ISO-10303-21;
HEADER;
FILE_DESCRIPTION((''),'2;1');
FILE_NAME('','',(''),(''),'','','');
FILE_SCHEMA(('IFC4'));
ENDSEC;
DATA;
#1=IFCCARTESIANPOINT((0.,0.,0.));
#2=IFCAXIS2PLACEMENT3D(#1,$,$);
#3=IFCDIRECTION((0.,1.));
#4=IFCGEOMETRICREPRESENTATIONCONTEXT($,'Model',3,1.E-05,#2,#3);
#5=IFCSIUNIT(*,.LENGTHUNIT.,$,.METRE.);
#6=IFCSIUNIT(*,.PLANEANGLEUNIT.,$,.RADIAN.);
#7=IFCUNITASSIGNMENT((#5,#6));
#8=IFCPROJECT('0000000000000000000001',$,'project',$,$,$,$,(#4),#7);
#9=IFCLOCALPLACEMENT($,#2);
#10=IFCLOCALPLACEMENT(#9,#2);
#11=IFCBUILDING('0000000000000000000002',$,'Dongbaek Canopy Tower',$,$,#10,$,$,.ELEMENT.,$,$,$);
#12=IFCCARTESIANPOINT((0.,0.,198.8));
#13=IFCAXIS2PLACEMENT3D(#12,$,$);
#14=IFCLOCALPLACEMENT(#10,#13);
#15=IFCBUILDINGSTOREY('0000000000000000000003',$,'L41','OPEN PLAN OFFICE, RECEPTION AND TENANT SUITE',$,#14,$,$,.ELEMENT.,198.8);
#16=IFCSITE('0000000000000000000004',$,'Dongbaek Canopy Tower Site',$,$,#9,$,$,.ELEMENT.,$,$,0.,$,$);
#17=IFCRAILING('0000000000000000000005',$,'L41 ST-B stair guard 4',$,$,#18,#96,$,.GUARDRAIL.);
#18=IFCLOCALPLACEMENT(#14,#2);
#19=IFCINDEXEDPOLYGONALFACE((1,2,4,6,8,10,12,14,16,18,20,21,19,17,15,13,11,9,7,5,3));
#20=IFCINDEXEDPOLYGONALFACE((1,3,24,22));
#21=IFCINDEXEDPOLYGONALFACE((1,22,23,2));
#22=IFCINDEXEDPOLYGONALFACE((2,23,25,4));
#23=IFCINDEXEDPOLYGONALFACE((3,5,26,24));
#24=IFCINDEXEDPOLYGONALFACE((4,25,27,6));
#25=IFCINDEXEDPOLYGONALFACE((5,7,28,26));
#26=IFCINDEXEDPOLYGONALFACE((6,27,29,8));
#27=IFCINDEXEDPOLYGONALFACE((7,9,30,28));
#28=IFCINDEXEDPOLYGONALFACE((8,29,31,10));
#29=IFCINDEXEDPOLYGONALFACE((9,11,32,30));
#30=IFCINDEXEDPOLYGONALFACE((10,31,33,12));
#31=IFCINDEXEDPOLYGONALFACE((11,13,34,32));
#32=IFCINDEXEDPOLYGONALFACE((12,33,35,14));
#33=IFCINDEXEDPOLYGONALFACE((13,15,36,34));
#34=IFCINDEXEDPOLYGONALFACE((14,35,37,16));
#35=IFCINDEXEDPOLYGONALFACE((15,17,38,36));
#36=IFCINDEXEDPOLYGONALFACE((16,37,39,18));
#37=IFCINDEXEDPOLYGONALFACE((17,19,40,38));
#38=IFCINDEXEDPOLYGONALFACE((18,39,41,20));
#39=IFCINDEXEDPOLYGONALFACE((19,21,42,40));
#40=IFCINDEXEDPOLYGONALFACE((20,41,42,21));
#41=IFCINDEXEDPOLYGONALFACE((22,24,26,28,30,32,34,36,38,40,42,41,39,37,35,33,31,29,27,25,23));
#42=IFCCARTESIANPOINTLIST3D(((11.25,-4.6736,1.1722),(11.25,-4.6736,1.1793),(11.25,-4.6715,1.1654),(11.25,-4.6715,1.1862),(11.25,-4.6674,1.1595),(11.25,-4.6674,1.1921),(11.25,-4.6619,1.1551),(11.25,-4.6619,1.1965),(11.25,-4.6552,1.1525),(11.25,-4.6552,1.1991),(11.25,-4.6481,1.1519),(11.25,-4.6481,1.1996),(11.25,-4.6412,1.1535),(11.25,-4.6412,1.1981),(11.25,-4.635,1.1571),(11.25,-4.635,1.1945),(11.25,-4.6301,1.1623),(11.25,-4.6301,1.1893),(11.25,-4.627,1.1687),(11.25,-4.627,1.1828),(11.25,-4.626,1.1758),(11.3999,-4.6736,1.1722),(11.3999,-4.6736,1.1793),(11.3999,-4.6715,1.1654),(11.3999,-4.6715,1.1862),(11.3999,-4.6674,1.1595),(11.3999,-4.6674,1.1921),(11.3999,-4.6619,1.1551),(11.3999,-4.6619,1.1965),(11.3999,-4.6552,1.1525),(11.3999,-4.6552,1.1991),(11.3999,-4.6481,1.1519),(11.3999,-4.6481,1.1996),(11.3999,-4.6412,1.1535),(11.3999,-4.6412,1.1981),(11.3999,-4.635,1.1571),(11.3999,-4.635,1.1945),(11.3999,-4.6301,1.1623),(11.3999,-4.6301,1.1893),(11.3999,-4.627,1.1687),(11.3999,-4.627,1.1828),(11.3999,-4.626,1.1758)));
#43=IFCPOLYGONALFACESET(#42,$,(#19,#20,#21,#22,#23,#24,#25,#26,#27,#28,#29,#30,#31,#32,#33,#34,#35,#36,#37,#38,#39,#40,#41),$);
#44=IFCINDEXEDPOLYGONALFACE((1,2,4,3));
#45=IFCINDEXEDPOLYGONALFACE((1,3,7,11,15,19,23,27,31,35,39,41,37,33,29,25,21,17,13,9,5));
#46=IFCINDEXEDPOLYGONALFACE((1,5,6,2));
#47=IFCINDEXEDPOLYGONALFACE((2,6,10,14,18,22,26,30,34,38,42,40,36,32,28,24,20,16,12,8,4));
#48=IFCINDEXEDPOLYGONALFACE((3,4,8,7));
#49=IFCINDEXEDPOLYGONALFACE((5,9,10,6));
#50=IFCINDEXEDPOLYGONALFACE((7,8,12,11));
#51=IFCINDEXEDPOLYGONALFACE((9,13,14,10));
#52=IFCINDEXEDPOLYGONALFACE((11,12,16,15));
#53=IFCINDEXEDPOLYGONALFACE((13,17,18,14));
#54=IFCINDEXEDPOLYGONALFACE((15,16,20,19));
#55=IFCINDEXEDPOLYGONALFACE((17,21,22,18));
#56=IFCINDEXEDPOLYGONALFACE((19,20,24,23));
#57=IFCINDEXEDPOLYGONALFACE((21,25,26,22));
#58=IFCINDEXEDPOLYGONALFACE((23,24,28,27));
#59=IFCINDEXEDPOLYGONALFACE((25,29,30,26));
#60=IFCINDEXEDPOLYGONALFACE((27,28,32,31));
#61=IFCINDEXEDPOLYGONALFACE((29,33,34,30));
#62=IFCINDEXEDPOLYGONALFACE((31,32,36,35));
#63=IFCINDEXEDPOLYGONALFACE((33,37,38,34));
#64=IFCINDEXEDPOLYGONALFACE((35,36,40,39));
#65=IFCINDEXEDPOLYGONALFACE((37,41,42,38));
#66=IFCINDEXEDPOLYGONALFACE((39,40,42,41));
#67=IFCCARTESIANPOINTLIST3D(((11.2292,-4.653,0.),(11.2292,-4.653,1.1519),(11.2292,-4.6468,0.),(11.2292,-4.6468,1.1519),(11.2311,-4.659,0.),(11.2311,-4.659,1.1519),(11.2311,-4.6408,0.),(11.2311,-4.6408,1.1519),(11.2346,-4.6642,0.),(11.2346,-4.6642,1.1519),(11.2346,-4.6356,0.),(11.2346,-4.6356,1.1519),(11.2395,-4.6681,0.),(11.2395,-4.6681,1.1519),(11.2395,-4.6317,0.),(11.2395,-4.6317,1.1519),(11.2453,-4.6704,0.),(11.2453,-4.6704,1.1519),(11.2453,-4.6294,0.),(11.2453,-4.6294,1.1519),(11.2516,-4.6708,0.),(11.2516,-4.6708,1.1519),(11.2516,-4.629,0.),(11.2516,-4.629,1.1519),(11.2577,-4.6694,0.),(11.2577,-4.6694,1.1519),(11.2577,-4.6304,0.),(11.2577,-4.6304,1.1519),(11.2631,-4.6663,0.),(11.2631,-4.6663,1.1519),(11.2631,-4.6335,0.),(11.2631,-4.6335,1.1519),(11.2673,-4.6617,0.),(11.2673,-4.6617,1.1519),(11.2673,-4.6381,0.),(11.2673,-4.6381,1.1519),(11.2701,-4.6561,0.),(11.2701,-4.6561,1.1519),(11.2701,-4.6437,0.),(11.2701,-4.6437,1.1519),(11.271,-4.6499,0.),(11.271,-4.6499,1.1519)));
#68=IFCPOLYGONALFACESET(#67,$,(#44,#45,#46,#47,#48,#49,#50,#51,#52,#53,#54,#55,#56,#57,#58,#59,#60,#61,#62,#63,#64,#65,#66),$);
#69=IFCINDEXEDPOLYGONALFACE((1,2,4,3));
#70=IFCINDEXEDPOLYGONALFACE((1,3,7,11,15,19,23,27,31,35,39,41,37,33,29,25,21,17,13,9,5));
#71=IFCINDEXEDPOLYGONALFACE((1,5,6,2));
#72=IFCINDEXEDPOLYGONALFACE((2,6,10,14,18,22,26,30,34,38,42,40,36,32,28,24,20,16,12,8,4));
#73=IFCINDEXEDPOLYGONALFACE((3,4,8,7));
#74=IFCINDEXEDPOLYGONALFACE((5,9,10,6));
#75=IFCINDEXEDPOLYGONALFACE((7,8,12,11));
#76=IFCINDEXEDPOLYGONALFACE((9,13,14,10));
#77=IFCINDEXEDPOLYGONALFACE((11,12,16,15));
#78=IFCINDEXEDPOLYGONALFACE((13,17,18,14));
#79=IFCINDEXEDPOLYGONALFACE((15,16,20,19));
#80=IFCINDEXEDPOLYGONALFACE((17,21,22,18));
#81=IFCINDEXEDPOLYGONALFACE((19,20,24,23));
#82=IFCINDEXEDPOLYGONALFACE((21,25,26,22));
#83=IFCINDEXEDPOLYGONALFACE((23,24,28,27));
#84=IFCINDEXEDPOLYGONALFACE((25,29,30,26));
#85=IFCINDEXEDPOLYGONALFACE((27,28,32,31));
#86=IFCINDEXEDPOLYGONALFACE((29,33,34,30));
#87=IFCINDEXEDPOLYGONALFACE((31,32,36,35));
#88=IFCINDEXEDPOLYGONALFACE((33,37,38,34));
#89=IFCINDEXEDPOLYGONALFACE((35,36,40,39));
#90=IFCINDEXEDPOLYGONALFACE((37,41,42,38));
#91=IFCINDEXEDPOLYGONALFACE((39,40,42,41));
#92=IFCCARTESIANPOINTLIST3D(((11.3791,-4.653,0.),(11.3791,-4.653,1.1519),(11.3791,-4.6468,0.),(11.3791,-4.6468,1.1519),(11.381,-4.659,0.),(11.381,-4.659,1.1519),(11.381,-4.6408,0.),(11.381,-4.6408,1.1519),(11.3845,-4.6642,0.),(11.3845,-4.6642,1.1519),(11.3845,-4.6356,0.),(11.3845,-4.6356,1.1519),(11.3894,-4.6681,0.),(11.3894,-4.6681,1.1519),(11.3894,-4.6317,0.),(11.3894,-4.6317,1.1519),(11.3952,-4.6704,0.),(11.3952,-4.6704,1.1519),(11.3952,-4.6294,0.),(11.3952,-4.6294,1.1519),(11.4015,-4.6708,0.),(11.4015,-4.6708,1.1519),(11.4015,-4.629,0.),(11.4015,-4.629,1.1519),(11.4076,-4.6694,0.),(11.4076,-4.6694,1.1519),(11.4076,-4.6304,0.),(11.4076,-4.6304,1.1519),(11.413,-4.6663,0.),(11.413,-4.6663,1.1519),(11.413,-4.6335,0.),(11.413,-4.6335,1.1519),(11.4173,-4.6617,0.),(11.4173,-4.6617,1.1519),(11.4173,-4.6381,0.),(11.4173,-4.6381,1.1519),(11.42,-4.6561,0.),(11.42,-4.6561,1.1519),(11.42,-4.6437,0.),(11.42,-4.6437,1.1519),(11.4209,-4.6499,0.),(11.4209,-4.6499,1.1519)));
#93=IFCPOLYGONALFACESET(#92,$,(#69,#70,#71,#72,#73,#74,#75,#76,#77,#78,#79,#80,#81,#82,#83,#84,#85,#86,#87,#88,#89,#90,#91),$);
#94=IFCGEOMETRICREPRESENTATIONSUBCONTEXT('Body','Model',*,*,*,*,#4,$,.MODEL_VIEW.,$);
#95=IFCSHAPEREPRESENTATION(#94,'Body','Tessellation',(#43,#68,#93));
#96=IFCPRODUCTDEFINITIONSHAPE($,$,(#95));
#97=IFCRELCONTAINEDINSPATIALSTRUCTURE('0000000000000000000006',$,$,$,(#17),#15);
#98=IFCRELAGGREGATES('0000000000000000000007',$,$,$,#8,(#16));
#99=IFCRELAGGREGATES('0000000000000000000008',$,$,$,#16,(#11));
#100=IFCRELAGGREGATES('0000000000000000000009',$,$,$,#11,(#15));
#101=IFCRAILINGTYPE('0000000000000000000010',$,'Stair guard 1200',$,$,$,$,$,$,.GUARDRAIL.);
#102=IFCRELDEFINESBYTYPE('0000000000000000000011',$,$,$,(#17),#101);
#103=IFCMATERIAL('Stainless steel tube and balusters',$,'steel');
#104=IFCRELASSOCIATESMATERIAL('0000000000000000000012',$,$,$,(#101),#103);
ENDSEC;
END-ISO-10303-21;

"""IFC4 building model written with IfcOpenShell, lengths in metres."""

from ifc_helpers import new_model, si_unit, direction, frame, origin, origin_2d, place, context, subcontext, project, spatial, circle, extrude, material, type_object, element, save


model = new_model("IFC4")

# Units and contexts
model_context = context("Model", 3, precision=1e-05, world=origin(), true_north=direction((0.0, 1.0)))
body_context = subcontext(model_context, "Body", "Model", "MODEL_VIEW")
ifc_project = project(units=[si_unit("LENGTHUNIT", "METRE"), si_unit("PLANEANGLEUNIT", "RADIAN")], contexts=[model_context])

# Site, building, storey
site_placement = place(None, origin())
site = spatial("IfcSite", under=ifc_project, at=site_placement, Name="Dongbaek Canopy Tower Site", CompositionType="ELEMENT", RefElevation=0.0)
building_placement = place(site_placement, origin())
building = spatial("IfcBuilding", under=site, at=building_placement, Name="Dongbaek Canopy Tower", CompositionType="ELEMENT")
storey_placement = place(building_placement, frame((0.0, 0.0, 198.8)))
storey = spatial("IfcBuildingStorey", under=building, at=storey_placement, Name="L41", Description="OPEN PLAN OFFICE, RECEPTION AND TENANT SUITE", CompositionType="ELEMENT", Elevation=198.8)

# Railing
ifc_material_1 = material(Name="Stainless steel tube and balusters", Category="steel")
railing_type_1 = type_object("IfcRailingType", Name="Stair guard 1200", PredefinedType="GUARDRAIL", material=ifc_material_1)
railing_1_placement = place(storey_placement, frame((11.25, -4.6499, 0.0)))
element("IfcRailing", 1, at=railing_1_placement, inside=storey, type_object=railing_type_1, Name="L41 ST-B stair guard 4", PredefinedType="GUARDRAIL", context=body_context, shape_type="SweptSolid", body=[
    extrude(circle(Radius=0.0239, at=origin_2d()), frame((0.0, 0.0, 1.1758), z_axis=(1.0, 0.0, 0.0), x_axis=(0.0, 1.0, 0.0)), (0.0, 0.0, 1.0), 0.1499),
    extrude(circle(Radius=0.021, at=origin_2d()), origin(), (0.0, 0.0, 1.0), 1.1519),
    extrude(circle(Radius=0.021, at=origin_2d()), frame((0.1499, 0.0, 0.0)), (0.0, 0.0, 1.0), 1.1519),
])

save(model, "model.ifc")
